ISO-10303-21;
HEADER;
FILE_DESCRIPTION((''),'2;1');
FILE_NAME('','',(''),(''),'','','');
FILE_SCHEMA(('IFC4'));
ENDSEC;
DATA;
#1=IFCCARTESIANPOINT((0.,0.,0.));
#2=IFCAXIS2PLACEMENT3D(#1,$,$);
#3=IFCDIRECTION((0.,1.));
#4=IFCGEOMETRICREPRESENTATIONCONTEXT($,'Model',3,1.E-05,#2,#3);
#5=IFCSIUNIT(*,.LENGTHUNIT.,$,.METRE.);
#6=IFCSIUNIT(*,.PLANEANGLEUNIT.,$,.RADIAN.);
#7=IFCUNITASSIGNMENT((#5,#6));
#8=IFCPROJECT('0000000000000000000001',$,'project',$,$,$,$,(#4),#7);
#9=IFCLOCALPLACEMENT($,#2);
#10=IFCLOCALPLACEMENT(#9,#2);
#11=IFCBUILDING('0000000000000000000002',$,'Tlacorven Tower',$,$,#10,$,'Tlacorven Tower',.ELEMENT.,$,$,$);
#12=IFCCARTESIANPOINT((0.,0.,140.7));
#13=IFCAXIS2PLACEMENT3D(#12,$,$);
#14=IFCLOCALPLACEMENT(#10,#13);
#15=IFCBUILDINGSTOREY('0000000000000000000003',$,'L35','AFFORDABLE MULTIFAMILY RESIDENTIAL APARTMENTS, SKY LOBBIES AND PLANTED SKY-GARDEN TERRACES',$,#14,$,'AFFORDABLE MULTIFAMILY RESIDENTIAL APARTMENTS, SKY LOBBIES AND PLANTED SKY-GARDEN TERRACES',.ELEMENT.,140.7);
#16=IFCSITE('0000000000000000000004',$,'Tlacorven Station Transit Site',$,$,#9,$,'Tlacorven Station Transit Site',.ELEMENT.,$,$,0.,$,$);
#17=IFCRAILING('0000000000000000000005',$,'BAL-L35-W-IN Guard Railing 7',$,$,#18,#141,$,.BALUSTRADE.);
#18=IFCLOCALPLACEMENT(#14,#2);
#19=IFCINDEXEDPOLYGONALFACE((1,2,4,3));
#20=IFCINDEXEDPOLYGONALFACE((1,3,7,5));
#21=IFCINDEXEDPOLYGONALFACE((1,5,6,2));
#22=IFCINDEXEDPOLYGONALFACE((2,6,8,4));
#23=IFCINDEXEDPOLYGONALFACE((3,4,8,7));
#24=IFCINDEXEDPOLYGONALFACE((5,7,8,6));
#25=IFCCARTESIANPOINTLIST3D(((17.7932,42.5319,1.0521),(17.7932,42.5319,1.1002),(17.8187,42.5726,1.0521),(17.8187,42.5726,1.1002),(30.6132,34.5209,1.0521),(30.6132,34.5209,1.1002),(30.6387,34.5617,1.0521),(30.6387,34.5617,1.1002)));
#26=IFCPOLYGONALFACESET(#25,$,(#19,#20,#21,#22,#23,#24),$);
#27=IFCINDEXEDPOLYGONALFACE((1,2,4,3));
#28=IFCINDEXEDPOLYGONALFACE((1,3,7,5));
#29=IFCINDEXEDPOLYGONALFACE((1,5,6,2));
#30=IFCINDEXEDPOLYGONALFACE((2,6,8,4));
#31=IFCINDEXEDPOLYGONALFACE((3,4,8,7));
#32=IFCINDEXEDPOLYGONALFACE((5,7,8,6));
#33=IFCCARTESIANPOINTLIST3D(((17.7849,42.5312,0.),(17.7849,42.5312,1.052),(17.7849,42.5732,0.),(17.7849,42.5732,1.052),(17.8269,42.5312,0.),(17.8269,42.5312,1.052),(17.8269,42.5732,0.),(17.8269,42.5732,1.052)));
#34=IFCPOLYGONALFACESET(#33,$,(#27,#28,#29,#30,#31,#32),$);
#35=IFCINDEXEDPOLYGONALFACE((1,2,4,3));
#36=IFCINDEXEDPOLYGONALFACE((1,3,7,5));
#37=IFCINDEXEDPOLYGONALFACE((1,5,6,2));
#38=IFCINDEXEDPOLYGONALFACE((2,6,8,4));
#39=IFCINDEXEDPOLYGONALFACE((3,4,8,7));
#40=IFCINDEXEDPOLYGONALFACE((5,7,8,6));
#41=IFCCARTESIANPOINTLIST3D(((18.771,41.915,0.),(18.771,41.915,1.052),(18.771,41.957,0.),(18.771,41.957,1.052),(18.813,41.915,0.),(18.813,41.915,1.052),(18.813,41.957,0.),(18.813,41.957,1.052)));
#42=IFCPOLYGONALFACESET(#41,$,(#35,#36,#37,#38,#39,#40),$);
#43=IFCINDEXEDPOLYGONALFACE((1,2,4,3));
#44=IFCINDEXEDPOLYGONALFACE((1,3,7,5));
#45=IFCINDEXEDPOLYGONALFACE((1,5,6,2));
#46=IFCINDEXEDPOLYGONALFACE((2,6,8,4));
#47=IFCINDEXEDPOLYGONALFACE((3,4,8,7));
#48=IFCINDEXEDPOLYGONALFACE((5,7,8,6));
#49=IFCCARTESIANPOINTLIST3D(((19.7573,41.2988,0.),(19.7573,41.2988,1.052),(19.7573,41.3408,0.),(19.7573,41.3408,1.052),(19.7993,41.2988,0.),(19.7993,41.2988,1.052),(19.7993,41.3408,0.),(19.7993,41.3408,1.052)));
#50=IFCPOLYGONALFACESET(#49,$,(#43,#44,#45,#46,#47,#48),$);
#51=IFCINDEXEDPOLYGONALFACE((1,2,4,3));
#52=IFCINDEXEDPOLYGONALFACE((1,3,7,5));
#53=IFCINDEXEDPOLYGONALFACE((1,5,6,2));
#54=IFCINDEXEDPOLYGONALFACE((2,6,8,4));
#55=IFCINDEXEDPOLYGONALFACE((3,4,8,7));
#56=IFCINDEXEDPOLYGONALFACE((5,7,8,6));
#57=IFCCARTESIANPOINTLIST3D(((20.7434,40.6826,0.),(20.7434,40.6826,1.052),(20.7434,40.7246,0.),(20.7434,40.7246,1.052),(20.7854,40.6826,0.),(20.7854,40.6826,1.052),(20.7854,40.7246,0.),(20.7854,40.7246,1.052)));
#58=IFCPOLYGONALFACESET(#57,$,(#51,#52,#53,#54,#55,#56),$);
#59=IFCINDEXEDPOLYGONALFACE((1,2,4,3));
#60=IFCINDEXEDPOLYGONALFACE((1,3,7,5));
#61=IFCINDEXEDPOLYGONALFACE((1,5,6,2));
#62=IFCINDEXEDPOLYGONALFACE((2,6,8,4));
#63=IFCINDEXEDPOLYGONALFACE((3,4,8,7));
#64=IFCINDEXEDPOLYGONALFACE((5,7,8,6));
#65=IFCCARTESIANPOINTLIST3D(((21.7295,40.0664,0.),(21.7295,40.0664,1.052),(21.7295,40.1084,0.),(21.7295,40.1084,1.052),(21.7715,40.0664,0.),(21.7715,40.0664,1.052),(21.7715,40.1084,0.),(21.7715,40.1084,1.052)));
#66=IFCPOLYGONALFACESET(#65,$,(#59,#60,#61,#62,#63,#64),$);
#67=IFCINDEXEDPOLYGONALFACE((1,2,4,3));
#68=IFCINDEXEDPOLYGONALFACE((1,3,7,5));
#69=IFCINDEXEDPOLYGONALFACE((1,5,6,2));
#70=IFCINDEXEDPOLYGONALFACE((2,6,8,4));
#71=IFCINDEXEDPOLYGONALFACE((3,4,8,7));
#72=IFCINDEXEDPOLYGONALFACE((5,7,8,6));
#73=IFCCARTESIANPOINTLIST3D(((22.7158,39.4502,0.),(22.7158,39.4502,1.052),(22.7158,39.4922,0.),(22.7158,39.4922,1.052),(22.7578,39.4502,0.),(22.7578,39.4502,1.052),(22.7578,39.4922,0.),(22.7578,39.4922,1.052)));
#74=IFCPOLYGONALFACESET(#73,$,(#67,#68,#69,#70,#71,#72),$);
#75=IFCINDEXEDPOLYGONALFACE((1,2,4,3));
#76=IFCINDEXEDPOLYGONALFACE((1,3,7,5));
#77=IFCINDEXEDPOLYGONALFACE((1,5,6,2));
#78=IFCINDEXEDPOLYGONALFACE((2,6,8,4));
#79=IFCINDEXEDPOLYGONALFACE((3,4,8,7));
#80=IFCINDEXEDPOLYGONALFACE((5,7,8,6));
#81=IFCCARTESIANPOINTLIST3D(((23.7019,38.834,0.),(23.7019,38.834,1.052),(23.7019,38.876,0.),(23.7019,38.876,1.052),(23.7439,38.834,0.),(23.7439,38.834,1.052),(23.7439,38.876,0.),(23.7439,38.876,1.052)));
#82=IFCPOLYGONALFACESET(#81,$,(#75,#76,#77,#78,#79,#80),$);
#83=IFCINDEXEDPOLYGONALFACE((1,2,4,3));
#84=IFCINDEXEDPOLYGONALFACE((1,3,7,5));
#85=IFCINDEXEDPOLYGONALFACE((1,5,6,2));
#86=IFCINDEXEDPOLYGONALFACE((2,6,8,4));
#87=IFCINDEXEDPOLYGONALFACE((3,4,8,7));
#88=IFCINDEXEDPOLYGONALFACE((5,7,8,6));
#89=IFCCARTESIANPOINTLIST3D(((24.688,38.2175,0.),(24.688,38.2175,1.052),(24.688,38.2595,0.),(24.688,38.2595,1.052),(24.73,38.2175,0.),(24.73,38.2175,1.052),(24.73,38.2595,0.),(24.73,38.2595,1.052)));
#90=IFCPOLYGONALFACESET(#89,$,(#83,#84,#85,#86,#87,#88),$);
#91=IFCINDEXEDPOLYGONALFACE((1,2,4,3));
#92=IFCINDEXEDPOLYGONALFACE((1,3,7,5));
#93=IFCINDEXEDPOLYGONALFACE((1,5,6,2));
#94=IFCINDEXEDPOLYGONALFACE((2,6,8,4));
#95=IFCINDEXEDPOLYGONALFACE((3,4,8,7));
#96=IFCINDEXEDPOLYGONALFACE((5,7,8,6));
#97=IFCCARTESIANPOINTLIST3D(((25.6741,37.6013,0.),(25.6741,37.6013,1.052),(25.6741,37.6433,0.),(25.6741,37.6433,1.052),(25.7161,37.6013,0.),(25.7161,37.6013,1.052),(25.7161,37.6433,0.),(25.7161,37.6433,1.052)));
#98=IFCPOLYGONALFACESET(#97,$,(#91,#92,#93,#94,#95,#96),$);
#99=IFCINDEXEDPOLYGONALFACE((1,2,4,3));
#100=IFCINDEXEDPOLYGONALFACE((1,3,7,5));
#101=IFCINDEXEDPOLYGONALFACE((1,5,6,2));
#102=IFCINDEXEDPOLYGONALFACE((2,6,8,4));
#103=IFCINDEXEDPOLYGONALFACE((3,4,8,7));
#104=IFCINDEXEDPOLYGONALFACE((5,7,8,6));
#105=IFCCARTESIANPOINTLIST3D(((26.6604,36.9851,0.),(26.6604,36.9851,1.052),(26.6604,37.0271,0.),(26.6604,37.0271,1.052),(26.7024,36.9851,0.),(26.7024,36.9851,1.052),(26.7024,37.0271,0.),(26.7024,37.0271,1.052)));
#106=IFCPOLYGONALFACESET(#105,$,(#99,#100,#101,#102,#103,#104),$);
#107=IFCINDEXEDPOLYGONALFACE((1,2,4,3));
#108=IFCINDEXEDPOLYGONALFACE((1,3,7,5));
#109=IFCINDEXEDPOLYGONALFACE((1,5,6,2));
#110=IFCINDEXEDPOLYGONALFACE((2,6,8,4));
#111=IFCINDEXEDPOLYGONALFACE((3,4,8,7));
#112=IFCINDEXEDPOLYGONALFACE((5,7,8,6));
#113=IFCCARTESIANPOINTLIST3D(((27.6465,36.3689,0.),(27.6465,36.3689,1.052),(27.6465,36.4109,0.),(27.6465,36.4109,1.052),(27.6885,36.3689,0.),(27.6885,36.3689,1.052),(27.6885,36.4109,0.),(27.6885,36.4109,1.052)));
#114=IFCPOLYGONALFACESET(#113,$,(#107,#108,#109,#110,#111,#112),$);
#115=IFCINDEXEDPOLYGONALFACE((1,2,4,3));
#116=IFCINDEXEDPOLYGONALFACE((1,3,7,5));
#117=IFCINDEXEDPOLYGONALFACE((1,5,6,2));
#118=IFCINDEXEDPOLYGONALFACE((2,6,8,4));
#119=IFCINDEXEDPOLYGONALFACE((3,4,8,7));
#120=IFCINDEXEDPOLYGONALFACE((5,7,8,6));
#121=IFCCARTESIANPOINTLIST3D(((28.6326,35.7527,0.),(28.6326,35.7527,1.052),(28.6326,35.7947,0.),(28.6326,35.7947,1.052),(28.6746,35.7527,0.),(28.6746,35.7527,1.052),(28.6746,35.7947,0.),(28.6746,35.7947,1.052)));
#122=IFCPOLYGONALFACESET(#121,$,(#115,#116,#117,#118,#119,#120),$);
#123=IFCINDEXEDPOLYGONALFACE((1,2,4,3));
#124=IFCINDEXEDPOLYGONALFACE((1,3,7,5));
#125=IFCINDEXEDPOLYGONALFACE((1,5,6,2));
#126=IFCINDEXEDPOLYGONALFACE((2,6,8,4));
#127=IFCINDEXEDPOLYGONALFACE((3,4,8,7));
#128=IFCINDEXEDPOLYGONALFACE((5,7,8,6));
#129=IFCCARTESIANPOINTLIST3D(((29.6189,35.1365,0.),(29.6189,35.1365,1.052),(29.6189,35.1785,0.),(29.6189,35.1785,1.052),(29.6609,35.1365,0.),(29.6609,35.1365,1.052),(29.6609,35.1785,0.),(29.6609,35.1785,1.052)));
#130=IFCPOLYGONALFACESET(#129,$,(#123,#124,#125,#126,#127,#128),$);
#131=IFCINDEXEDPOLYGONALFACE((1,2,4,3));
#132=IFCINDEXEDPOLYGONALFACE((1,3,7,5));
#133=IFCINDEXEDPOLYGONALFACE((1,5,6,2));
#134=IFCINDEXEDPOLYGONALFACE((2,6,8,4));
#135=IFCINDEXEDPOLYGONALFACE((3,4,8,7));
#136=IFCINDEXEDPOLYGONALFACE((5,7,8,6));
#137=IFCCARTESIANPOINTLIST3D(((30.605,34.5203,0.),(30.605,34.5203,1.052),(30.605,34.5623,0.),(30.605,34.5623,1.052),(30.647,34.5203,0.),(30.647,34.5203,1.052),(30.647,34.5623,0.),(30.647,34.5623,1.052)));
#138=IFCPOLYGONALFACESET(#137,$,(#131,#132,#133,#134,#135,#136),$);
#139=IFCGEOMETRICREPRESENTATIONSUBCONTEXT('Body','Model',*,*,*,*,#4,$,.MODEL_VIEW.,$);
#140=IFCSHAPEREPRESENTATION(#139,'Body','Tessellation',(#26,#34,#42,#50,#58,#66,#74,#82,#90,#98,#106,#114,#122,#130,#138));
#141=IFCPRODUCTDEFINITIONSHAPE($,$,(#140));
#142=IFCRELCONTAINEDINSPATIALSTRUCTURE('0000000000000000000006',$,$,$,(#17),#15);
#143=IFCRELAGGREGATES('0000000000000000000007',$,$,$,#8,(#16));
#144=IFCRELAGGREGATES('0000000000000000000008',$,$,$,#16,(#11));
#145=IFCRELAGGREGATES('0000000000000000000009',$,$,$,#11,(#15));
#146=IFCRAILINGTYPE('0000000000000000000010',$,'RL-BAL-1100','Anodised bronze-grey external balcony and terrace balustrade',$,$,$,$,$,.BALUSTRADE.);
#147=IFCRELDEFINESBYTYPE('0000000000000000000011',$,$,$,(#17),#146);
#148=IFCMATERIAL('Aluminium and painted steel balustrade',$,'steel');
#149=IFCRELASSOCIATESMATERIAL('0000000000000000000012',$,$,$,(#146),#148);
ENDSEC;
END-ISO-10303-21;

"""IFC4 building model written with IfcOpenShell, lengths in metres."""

from ifc_helpers import new_model, si_unit, direction, frame, origin, origin_2d, place, context, subcontext, project, spatial, rectangle, extrude, source, transform, mapped, material, type_object, element, save


model = new_model("IFC4")

# Units and contexts
model_context = context("Model", 3, precision=1e-05, world=origin(), true_north=direction((0.0, 1.0)))
body_context = subcontext(model_context, "Body", "Model", "MODEL_VIEW")
ifc_project = project(units=[si_unit("LENGTHUNIT", "METRE"), si_unit("PLANEANGLEUNIT", "RADIAN")], contexts=[model_context])

# Site, building, storey
site_placement = place(None, origin())
site = spatial("IfcSite", under=ifc_project, at=site_placement, Name="Tlacorven Station Transit Site", LongName="Tlacorven Station Transit Site", CompositionType="ELEMENT", RefElevation=0.0)
building_placement = place(site_placement, origin())
building = spatial("IfcBuilding", under=site, at=building_placement, Name="Tlacorven Tower", LongName="Tlacorven Tower", CompositionType="ELEMENT")
storey_placement = place(building_placement, frame((0.0, 0.0, 140.7)))
storey = spatial("IfcBuildingStorey", under=building, at=storey_placement, Name="L35", Description="AFFORDABLE MULTIFAMILY RESIDENTIAL APARTMENTS, SKY LOBBIES AND PLANTED SKY-GARDEN TERRACES", LongName="AFFORDABLE MULTIFAMILY RESIDENTIAL APARTMENTS, SKY LOBBIES AND PLANTED SKY-GARDEN TERRACES", CompositionType="ELEMENT", Elevation=140.7)

# Railing
ifc_material_1 = material(Name="Aluminium and painted steel balustrade", Category="steel")
railing_type = type_object("IfcRailingType", Name="RL-BAL-1100", Description="Anodised bronze-grey external balcony and terrace balustrade", PredefinedType="BALUSTRADE", material=ifc_material_1)
shared_shape_1 = source(origin(), body_context, "Body", "SweptSolid", [
    extrude(rectangle(XDim=0.0481, YDim=0.0481, at=origin_2d()), frame((0.0, 0.0, 1.0762), z_axis=(0.848045, -0.529925, 0.0), x_axis=(0.529925, 0.848045, 0.0)), (0.0, 0.0, 1.0), 15.1172),
    extrude(rectangle(XDim=0.042, YDim=0.042, at=origin_2d()), origin(), (0.0, 0.0, 1.0), 1.052),
    extrude(rectangle(XDim=0.042, YDim=0.042, at=origin_2d()), frame((0.9861, -0.6162, 0.0)), (0.0, 0.0, 1.0), 1.052),
    extrude(rectangle(XDim=0.042, YDim=0.042, at=origin_2d()), frame((1.9724, -1.2324, 0.0)), (0.0, 0.0, 1.0), 1.052),
    extrude(rectangle(XDim=0.042, YDim=0.042, at=origin_2d()), frame((2.9585, -1.8486, 0.0)), (0.0, 0.0, 1.0), 1.052),
    extrude(rectangle(XDim=0.042, YDim=0.042, at=origin_2d()), frame((3.9446, -2.4648, 0.0)), (0.0, 0.0, 1.0), 1.052),
    extrude(rectangle(XDim=0.042, YDim=0.042, at=origin_2d()), frame((4.9309, -3.0811, 0.0)), (0.0, 0.0, 1.0), 1.052),
    extrude(rectangle(XDim=0.042, YDim=0.042, at=origin_2d()), frame((5.917, -3.6973, 0.0)), (0.0, 0.0, 1.0), 1.052),
    extrude(rectangle(XDim=0.042, YDim=0.042, at=origin_2d()), frame((6.9031, -4.3137, 0.0)), (0.0, 0.0, 1.0), 1.052),
    extrude(rectangle(XDim=0.042, YDim=0.042, at=origin_2d()), frame((7.8892, -4.9299, 0.0)), (0.0, 0.0, 1.0), 1.052),
    extrude(rectangle(XDim=0.042, YDim=0.042, at=origin_2d()), frame((8.8755, -5.5461, 0.0)), (0.0, 0.0, 1.0), 1.052),
    extrude(rectangle(XDim=0.042, YDim=0.042, at=origin_2d()), frame((9.8616, -6.1624, 0.0)), (0.0, 0.0, 1.0), 1.052),
    extrude(rectangle(XDim=0.042, YDim=0.042, at=origin_2d()), frame((10.8477, -6.7786, 0.0)), (0.0, 0.0, 1.0), 1.052),
    extrude(rectangle(XDim=0.042, YDim=0.042, at=origin_2d()), frame((11.834, -7.3948, 0.0)), (0.0, 0.0, 1.0), 1.052),
    extrude(rectangle(XDim=0.042, YDim=0.042, at=origin_2d()), frame((12.8201, -8.011, 0.0)), (0.0, 0.0, 1.0), 1.052),
])
railing_1_placement = place(storey_placement, frame((17.8059, 42.5522, 0.0)))
element("IfcRailing", 1, at=railing_1_placement, inside=storey, type_object=railing_type, Name="BAL-L35-W-IN Guard Railing 7", PredefinedType="BALUSTRADE", context=body_context, shape_type="MappedRepresentation", body=[
    mapped(shared_shape_1, transform((0.0, 0.0, 0.0), scale=1.0)),
])

save(model, "model.ifc")
